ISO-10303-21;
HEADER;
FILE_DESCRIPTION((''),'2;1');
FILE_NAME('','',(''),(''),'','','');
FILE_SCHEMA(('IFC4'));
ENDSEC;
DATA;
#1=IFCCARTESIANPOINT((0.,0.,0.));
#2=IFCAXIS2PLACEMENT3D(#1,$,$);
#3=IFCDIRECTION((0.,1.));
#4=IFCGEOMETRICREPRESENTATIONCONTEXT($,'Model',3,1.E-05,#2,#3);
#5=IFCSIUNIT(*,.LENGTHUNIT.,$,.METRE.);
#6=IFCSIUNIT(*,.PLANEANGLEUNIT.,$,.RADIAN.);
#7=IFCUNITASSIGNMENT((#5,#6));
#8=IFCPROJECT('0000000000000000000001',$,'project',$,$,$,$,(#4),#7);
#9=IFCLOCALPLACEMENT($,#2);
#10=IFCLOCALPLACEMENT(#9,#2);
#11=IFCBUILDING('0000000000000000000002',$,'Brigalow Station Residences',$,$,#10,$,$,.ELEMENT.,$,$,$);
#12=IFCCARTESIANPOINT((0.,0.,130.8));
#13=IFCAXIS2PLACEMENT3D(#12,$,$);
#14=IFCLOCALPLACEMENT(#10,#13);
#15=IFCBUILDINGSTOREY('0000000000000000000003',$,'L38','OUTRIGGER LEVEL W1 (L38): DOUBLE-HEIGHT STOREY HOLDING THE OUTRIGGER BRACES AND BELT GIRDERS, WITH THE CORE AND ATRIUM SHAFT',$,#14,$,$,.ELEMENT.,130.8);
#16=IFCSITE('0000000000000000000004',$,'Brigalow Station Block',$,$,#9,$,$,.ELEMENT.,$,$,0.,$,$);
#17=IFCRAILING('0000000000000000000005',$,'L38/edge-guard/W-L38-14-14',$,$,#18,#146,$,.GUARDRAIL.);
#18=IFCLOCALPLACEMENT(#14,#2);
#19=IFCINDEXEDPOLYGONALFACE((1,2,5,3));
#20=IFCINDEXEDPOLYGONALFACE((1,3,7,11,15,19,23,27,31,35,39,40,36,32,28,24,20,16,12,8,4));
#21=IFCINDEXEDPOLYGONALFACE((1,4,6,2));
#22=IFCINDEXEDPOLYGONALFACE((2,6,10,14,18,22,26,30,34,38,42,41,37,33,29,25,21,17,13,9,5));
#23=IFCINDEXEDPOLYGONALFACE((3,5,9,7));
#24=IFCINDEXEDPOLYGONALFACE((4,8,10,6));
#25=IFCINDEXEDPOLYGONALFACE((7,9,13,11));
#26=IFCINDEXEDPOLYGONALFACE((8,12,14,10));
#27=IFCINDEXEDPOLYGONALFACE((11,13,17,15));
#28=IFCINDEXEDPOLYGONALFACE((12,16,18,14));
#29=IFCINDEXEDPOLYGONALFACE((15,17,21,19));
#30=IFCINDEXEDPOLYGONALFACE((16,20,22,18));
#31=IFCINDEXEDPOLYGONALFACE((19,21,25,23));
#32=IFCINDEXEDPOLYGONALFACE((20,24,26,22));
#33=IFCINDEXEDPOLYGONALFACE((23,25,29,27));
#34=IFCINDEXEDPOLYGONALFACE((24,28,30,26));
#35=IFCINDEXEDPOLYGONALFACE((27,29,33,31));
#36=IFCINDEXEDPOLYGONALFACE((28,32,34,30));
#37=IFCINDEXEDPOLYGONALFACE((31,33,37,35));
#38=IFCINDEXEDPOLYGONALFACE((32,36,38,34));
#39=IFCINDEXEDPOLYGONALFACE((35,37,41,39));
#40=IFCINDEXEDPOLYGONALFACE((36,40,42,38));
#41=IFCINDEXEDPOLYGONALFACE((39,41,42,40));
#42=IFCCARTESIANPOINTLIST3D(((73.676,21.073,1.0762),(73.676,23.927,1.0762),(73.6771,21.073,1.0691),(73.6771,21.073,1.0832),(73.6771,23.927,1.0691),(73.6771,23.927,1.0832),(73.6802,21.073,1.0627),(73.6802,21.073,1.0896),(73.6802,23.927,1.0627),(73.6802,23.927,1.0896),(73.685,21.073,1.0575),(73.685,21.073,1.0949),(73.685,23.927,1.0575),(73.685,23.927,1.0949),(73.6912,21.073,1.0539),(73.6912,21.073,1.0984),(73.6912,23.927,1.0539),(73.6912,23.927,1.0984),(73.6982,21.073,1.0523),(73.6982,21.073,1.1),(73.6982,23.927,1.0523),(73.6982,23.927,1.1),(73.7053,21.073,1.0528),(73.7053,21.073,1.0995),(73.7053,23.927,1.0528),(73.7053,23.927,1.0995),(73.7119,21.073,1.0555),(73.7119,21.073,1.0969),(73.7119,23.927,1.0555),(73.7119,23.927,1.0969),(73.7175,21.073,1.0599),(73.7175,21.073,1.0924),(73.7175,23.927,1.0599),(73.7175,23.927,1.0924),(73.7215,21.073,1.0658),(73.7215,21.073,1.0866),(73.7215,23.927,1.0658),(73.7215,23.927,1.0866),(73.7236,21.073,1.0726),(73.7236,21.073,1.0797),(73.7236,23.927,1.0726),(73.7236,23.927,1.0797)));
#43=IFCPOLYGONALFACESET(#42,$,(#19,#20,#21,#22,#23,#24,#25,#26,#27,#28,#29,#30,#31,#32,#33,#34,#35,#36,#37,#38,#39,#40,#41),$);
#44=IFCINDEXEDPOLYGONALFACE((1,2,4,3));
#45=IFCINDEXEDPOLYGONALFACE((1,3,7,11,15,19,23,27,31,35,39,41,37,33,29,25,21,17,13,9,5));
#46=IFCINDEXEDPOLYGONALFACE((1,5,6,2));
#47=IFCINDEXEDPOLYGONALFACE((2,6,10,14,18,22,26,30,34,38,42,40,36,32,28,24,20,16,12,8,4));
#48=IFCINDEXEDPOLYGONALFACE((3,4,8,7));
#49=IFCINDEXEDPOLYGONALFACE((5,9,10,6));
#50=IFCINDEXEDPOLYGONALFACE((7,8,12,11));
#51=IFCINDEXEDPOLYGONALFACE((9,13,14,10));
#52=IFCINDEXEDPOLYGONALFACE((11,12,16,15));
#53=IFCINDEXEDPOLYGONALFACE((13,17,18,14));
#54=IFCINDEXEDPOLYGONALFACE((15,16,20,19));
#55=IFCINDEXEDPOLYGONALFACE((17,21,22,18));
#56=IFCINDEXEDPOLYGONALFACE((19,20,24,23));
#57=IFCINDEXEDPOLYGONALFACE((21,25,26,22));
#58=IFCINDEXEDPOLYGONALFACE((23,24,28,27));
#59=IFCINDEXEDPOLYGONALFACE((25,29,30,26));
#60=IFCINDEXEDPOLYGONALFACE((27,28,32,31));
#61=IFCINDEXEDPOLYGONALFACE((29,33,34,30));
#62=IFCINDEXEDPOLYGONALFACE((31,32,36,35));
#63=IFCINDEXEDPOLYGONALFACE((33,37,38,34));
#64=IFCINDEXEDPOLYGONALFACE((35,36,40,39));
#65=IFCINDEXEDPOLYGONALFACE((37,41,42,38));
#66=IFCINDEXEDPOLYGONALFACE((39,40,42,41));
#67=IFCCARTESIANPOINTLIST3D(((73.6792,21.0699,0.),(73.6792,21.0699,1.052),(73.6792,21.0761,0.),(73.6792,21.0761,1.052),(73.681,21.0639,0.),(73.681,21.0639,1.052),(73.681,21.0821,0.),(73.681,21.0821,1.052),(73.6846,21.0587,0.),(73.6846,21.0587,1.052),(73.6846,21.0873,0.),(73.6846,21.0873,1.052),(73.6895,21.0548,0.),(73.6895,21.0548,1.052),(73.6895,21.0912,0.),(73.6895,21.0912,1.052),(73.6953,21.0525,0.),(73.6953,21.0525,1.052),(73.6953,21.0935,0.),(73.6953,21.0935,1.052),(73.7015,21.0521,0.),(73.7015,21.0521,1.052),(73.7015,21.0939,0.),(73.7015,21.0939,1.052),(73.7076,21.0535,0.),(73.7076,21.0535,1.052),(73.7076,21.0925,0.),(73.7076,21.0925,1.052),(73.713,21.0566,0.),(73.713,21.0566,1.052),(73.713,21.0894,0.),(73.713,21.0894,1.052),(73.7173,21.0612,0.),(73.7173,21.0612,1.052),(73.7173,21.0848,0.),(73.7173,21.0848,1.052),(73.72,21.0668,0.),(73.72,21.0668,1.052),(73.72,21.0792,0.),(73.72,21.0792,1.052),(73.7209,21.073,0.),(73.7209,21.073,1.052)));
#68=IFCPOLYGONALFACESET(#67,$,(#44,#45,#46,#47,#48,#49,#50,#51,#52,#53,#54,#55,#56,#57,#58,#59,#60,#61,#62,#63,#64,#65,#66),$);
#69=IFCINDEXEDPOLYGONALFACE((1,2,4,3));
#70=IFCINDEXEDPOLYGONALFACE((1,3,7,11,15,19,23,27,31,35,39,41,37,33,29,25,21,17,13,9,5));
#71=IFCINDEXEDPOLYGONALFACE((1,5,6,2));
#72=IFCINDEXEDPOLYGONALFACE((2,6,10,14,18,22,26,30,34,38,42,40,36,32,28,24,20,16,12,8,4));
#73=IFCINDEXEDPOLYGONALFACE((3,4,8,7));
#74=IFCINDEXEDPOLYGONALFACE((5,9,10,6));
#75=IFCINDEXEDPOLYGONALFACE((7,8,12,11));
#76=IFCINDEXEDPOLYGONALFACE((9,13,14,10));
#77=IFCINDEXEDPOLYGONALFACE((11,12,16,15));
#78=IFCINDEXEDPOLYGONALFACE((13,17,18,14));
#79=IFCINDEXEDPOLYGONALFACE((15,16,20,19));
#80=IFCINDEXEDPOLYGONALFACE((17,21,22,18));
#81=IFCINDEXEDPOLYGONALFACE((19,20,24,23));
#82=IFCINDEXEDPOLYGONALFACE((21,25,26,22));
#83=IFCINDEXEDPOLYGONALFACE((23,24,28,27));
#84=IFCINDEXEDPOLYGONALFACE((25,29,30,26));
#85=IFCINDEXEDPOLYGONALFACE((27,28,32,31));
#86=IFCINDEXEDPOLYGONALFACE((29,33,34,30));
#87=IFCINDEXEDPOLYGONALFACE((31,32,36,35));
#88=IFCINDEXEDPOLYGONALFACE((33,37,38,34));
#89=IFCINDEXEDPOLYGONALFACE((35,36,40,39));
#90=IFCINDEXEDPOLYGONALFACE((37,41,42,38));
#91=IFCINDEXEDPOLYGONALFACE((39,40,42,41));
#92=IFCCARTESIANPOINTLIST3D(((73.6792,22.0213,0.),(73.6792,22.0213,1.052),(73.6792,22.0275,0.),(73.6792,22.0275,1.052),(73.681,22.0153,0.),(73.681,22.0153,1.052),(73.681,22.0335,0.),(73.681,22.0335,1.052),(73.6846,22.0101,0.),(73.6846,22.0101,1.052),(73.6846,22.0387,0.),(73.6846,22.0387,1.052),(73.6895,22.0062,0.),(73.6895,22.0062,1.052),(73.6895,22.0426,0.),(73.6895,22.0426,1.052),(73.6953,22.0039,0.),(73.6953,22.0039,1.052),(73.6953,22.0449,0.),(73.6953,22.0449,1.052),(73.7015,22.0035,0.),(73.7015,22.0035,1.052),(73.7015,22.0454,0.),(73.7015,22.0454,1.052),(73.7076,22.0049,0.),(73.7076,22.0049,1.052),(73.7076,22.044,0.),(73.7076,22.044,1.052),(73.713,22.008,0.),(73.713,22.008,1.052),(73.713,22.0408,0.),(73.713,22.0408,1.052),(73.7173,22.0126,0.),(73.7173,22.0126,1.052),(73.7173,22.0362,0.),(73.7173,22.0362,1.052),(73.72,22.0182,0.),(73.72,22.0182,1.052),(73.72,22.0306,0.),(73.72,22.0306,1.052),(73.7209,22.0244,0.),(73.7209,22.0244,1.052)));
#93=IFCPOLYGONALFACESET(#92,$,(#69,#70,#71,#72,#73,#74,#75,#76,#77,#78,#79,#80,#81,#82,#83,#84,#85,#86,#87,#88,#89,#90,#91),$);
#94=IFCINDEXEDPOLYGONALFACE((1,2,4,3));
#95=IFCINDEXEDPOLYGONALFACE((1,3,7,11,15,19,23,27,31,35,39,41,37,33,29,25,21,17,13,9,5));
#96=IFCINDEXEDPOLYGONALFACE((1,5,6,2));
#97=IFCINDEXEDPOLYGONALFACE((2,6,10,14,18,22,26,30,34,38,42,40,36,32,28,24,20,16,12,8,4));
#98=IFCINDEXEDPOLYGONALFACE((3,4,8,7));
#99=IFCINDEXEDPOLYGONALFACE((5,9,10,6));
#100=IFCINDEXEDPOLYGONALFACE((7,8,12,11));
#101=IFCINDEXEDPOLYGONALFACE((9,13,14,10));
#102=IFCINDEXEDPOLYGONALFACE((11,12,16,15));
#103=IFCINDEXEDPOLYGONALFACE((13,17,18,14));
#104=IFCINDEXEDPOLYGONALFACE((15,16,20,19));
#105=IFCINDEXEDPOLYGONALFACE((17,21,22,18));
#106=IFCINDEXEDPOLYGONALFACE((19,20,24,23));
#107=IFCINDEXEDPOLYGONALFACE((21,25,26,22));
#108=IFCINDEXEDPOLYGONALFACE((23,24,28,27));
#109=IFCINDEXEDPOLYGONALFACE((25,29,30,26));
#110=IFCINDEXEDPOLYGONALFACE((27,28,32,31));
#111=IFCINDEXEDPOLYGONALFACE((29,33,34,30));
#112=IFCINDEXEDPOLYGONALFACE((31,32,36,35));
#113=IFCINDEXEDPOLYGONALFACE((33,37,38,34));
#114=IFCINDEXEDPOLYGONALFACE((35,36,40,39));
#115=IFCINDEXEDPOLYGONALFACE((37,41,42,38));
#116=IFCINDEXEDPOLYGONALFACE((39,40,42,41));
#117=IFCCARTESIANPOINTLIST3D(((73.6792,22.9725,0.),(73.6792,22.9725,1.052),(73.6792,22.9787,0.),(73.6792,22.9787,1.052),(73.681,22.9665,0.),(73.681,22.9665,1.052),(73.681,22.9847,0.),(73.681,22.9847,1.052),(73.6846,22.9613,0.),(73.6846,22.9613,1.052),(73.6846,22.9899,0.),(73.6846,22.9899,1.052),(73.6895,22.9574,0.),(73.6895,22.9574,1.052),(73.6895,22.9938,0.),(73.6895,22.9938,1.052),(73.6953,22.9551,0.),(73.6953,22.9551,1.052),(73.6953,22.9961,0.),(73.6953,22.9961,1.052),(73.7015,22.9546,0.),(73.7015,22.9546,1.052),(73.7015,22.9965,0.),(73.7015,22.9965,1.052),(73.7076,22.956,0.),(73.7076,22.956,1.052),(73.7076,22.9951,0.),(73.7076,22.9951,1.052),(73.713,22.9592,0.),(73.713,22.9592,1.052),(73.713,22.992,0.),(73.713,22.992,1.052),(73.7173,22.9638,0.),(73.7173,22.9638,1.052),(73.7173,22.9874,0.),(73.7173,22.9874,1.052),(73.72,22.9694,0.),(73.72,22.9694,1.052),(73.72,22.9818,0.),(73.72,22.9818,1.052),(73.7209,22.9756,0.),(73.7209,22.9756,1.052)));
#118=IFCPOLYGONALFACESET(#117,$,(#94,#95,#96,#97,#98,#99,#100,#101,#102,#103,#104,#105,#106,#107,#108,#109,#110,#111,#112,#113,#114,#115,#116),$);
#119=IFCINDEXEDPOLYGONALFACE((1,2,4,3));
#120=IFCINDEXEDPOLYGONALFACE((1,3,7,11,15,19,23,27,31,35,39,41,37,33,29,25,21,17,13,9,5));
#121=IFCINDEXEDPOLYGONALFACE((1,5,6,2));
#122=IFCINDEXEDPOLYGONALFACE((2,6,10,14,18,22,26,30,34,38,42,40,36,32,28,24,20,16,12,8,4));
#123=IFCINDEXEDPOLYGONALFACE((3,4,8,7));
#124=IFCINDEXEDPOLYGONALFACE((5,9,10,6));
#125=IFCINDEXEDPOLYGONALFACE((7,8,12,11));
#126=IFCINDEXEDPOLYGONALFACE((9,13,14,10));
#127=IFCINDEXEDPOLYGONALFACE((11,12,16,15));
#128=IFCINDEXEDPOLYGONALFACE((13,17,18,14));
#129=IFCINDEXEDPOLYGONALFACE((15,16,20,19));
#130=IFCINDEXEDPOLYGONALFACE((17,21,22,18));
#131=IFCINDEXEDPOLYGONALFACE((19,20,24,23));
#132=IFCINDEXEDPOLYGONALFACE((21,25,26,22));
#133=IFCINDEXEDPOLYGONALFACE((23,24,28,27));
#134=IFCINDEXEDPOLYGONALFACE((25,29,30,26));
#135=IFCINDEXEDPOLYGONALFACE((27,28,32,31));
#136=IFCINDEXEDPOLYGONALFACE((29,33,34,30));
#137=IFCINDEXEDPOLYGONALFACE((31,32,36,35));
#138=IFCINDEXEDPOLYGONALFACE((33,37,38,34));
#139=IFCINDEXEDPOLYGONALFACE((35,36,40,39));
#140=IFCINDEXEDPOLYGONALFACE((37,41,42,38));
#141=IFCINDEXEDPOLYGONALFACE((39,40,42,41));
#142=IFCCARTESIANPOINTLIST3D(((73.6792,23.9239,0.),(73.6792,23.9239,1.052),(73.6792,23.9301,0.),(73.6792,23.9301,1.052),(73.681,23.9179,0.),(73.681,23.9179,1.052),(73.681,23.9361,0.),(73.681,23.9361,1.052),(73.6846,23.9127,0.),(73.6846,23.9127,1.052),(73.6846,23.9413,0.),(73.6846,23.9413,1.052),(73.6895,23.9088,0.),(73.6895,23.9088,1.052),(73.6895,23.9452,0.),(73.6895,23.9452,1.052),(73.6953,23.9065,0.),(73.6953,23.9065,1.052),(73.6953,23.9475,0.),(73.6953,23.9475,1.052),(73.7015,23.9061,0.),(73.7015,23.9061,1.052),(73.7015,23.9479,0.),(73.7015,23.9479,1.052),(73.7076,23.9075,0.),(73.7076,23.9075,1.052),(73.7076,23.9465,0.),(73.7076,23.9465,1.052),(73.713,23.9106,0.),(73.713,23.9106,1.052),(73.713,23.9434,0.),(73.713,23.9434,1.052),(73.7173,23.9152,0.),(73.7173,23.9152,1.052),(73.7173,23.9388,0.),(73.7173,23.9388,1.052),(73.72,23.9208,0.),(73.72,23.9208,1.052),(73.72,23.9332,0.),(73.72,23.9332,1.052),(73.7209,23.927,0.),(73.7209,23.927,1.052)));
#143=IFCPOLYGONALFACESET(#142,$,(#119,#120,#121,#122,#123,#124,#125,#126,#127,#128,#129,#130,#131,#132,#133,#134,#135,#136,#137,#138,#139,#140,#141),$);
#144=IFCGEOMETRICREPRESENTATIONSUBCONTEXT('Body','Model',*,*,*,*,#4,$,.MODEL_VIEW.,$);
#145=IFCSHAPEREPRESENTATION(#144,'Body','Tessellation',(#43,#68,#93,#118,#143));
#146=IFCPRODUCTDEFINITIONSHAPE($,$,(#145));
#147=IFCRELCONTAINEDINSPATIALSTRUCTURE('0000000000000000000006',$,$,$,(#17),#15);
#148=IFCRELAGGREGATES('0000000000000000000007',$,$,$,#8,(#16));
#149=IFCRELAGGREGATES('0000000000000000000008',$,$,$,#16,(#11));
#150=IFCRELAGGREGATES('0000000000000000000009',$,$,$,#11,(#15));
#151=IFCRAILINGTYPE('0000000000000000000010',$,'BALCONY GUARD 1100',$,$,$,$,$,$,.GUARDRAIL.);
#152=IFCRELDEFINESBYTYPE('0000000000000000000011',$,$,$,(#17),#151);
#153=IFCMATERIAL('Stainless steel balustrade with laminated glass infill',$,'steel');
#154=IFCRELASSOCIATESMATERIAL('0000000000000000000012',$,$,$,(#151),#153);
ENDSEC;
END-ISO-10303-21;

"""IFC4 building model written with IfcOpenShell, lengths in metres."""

from ifc_helpers import new_model, si_unit, direction, frame, origin, origin_2d, place, context, subcontext, project, spatial, circle, extrude, material, type_object, element, save


model = new_model("IFC4")

# Units and contexts
model_context = context("Model", 3, precision=1e-05, world=origin(), true_north=direction((0.0, 1.0)))
body_context = subcontext(model_context, "Body", "Model", "MODEL_VIEW")
ifc_project = project(units=[si_unit("LENGTHUNIT", "METRE"), si_unit("PLANEANGLEUNIT", "RADIAN")], contexts=[model_context])

# Site, building, storey
site_placement = place(None, origin())
site = spatial("IfcSite", under=ifc_project, at=site_placement, Name="Brigalow Station Block", CompositionType="ELEMENT", RefElevation=0.0)
building_placement = place(site_placement, origin())
building = spatial("IfcBuilding", under=site, at=building_placement, Name="Brigalow Station Residences", CompositionType="ELEMENT")
storey_placement = place(building_placement, frame((0.0, 0.0, 130.8)))
storey = spatial("IfcBuildingStorey", under=building, at=storey_placement, Name="L38", Description="OUTRIGGER LEVEL W1 (L38): DOUBLE-HEIGHT STOREY HOLDING THE OUTRIGGER BRACES AND BELT GIRDERS, WITH THE CORE AND ATRIUM SHAFT", CompositionType="ELEMENT", Elevation=130.8)

# Railing
ifc_material_1 = material(Name="Stainless steel balustrade with laminated glass infill", Category="steel")
railing_type = type_object("IfcRailingType", Name="BALCONY GUARD 1100", PredefinedType="GUARDRAIL", material=ifc_material_1)
for number, where, name in (
    (1, (73.7, 21.073, 0.0), "L38/edge-guard/W-L38-14-14"),
):
    element("IfcRailing", number, at=place(storey_placement, frame(where)), inside=storey, type_object=railing_type, Name=name, PredefinedType="GUARDRAIL", context=body_context, shape_type="SweptSolid", body=[
        extrude(circle(Radius=0.0239, at=origin_2d()), frame((0.0, 0.0, 1.0762), z_axis=(0.0, 1.0, 0.0), x_axis=(-1.0, 0.0, 0.0)), (0.0, 0.0, 1.0), 2.854),
        extrude(circle(Radius=0.021, at=origin_2d()), origin(), (0.0, 0.0, 1.0), 1.052),
        extrude(circle(Radius=0.021, at=origin_2d()), frame((0.0, 0.9514, 0.0)), (0.0, 0.0, 1.0), 1.052),
        extrude(circle(Radius=0.021, at=origin_2d()), frame((0.0, 1.9026, 0.0)), (0.0, 0.0, 1.0), 1.052),
        extrude(circle(Radius=0.021, at=origin_2d()), frame((0.0, 2.854, 0.0)), (0.0, 0.0, 1.0), 1.052),
    ])

save(model, "model.ifc")
